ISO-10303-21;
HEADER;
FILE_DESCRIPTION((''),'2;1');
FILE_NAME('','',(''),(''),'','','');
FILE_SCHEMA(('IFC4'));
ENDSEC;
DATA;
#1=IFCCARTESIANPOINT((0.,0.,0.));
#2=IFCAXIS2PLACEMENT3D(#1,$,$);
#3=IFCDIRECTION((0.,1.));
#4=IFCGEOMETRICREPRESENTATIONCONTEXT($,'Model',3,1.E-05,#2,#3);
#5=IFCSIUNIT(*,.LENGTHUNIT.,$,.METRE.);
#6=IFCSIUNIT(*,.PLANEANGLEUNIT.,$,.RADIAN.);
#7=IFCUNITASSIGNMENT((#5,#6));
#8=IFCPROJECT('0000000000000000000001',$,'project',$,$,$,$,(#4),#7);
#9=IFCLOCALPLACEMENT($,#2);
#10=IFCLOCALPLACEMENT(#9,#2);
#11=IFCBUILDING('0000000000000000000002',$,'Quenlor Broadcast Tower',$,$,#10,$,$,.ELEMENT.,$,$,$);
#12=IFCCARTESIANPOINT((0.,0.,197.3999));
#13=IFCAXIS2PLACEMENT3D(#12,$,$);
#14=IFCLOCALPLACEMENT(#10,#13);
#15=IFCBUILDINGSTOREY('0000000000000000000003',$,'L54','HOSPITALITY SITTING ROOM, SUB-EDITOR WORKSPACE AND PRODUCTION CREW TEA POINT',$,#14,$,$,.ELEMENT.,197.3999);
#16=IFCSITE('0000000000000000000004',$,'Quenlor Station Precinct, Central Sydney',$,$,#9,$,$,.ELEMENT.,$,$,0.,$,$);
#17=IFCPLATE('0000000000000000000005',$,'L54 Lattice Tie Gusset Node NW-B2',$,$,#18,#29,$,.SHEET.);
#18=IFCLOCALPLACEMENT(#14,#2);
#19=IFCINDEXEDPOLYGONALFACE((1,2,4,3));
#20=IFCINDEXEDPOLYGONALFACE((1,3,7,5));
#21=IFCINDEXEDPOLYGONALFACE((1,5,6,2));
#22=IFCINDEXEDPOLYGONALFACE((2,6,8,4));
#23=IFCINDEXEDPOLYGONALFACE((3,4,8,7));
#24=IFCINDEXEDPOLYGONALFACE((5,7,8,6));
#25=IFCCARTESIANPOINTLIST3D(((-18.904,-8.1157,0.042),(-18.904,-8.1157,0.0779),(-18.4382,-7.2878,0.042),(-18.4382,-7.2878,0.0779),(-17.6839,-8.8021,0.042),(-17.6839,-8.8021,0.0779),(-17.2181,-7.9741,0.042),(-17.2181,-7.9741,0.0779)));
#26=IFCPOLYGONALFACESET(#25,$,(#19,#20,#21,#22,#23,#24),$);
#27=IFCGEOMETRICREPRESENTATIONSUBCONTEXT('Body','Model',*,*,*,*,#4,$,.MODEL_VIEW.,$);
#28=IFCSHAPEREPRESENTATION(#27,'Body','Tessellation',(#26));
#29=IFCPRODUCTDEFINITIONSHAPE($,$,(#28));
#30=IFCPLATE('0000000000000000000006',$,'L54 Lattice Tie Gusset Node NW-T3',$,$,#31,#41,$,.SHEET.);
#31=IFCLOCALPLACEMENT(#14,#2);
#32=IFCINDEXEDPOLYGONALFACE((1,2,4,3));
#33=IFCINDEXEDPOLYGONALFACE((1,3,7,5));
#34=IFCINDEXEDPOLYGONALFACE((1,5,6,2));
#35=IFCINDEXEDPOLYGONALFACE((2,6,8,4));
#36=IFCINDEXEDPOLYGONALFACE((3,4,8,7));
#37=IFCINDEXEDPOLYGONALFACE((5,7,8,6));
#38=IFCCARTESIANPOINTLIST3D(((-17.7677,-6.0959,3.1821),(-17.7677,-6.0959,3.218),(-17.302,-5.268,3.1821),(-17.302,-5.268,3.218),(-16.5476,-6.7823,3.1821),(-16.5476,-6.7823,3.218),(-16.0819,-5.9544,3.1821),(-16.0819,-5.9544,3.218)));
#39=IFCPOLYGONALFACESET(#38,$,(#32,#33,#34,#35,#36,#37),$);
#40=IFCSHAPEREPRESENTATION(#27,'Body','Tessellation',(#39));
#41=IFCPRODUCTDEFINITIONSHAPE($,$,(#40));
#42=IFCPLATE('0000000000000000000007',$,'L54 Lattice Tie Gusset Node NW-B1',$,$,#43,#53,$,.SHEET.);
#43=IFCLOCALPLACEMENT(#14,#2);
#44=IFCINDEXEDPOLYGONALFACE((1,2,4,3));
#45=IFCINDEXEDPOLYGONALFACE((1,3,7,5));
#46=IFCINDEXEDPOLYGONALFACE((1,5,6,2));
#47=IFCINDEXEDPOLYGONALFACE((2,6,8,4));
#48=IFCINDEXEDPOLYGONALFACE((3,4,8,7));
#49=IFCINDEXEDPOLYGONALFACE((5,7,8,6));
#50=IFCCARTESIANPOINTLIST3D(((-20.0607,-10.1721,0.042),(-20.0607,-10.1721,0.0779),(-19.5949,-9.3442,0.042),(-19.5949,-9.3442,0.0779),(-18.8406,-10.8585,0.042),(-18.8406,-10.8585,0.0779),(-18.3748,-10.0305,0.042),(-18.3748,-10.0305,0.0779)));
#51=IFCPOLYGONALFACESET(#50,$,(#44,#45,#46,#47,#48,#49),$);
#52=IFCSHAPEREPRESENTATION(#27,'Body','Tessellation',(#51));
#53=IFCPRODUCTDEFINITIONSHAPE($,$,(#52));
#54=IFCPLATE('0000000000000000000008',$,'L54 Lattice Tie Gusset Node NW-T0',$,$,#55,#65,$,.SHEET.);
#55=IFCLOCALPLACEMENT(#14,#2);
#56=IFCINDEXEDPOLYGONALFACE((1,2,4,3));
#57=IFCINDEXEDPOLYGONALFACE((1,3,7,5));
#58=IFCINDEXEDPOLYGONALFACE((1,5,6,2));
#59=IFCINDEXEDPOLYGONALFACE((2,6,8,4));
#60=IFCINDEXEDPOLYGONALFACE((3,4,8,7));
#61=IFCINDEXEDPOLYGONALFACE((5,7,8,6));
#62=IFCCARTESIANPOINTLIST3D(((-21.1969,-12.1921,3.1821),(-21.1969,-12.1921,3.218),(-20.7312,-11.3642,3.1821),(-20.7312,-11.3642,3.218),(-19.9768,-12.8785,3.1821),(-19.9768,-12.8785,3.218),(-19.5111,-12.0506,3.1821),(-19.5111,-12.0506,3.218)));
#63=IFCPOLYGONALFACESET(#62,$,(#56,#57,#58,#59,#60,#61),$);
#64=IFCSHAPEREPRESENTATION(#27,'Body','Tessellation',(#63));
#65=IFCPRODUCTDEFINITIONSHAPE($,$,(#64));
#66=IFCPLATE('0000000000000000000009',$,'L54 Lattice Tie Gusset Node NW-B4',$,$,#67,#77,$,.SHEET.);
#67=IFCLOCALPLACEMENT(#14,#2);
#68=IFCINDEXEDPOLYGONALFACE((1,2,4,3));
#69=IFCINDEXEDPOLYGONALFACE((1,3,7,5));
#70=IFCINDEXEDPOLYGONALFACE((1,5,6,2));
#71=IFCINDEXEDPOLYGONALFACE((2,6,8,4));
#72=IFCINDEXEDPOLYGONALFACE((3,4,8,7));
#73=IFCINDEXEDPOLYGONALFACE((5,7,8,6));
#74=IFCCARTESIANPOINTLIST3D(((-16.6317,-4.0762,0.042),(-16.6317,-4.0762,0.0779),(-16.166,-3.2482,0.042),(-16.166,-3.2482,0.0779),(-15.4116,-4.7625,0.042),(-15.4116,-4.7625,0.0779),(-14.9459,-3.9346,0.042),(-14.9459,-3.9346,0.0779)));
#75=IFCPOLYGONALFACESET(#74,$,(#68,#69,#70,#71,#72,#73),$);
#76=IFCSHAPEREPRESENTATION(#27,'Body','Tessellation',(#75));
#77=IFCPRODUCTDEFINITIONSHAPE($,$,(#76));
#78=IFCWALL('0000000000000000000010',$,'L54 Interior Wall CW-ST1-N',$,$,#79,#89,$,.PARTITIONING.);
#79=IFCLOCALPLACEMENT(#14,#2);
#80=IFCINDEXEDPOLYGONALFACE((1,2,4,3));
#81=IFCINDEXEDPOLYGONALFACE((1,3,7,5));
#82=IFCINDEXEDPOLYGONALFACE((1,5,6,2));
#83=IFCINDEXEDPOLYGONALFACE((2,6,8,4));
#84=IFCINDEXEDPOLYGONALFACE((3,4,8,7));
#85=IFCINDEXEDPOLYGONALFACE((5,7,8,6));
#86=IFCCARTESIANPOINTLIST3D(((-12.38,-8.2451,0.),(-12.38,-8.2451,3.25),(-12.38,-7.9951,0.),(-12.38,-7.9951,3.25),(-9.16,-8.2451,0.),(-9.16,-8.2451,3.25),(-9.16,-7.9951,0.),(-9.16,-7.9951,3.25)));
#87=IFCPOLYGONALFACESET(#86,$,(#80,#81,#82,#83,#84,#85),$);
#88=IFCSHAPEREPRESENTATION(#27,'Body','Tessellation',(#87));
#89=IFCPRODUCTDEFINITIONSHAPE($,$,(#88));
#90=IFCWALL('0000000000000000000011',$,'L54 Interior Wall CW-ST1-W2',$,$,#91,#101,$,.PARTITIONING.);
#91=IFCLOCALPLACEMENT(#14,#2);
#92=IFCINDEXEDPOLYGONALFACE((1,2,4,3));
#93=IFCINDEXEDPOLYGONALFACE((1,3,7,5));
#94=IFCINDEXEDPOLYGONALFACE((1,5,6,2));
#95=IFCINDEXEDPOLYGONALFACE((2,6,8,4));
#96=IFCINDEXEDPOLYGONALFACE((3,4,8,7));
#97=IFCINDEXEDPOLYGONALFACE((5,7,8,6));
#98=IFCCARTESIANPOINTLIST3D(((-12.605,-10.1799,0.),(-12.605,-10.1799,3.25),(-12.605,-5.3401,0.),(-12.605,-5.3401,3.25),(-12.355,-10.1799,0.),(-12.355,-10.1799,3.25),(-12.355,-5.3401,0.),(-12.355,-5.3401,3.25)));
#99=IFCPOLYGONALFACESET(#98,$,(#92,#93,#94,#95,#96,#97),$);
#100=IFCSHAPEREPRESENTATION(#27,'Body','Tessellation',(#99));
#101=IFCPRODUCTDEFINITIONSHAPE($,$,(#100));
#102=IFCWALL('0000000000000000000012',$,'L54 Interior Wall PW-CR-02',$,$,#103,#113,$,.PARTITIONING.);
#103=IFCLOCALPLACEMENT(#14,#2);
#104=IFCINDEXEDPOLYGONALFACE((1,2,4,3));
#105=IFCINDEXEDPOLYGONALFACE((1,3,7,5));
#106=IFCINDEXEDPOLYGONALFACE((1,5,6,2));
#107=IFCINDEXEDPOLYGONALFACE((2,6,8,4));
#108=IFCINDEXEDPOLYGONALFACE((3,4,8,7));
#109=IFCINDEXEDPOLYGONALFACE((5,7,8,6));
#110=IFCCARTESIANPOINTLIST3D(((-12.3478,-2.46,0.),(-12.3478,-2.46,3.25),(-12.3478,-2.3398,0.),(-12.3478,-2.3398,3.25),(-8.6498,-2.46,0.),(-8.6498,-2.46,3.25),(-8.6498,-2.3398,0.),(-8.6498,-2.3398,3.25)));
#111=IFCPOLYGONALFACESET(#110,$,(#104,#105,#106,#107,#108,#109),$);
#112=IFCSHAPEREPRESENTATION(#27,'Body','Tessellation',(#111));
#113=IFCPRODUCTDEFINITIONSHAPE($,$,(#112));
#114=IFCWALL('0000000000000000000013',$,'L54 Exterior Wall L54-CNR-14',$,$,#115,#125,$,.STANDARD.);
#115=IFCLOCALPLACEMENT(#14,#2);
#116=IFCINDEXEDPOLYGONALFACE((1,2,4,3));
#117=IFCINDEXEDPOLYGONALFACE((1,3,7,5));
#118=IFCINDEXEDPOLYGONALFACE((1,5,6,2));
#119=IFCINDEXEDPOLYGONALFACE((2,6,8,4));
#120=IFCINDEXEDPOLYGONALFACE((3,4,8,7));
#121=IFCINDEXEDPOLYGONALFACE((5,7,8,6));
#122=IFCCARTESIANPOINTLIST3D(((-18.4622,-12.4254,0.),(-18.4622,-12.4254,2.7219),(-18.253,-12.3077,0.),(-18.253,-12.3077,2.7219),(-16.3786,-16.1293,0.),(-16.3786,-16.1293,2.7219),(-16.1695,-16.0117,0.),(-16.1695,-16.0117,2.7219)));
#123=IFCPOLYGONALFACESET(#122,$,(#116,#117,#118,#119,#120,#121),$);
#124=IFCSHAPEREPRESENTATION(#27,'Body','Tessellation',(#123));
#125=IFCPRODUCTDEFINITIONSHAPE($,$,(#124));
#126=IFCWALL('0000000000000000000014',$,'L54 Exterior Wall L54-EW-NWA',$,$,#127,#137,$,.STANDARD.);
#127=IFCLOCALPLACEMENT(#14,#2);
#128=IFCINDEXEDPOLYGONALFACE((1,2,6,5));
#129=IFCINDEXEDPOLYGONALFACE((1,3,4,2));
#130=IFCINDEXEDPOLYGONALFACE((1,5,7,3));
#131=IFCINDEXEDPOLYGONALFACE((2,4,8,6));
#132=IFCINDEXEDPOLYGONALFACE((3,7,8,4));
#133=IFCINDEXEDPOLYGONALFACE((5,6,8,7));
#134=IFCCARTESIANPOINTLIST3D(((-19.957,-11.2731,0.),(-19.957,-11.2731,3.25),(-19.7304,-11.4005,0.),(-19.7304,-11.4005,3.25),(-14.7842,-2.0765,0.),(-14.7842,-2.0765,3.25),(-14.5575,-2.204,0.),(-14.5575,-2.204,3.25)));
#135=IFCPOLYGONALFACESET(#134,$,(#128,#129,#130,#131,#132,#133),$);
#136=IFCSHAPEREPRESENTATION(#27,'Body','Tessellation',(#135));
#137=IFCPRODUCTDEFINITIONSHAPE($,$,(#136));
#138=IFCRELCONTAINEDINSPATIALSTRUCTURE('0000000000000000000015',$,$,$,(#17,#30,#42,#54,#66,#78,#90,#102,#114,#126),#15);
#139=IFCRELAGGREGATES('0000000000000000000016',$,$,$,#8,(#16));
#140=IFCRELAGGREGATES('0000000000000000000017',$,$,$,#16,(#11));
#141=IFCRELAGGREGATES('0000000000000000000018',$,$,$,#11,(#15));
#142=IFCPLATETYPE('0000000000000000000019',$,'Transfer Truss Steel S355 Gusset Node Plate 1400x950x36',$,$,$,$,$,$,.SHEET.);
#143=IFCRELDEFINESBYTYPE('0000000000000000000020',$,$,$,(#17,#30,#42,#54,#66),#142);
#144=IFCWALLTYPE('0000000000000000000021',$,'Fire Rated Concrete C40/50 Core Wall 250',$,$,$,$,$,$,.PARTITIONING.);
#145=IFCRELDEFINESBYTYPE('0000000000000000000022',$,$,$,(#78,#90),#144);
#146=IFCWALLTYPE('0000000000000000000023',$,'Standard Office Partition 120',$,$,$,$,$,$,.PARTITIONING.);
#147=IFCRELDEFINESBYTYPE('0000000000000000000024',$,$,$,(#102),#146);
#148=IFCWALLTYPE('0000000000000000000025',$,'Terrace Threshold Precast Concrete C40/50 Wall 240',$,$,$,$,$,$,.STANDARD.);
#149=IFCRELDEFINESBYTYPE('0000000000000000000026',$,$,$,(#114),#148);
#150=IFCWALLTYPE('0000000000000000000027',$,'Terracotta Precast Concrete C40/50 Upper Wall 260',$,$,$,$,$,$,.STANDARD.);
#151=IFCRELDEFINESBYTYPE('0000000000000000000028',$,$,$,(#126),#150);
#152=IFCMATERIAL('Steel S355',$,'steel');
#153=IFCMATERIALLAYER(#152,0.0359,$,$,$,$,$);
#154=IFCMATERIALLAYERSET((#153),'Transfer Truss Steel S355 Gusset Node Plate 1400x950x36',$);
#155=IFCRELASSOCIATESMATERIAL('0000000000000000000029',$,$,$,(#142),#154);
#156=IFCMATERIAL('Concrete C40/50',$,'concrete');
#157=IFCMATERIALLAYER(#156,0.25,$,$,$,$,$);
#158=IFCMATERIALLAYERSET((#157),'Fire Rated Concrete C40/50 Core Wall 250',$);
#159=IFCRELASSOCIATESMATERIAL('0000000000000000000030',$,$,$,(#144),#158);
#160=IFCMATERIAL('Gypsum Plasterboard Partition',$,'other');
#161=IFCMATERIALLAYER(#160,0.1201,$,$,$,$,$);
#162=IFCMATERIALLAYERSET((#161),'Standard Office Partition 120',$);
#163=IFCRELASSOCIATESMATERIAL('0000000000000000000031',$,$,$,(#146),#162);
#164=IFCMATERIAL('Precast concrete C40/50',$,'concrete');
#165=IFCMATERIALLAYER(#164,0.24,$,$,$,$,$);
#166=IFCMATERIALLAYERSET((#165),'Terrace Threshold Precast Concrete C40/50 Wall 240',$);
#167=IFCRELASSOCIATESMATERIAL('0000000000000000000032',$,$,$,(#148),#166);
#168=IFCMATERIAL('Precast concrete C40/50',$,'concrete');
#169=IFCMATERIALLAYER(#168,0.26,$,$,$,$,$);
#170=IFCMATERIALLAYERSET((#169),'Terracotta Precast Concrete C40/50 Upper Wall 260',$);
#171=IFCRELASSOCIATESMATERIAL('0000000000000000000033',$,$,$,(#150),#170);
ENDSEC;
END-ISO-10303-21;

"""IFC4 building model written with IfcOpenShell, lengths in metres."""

from ifc_helpers import new_model, si_unit, direction, frame, frame_2d, origin, origin_2d, place, context, subcontext, project, spatial, rectangle, extrude, material, layer, layer_set, type_object, element, save


model = new_model("IFC4")

# Units and contexts
model_context = context("Model", 3, precision=1e-05, world=origin(), true_north=direction((0.0, 1.0)))
body_context = subcontext(model_context, "Body", "Model", "MODEL_VIEW")
ifc_project = project(units=[si_unit("LENGTHUNIT", "METRE"), si_unit("PLANEANGLEUNIT", "RADIAN")], contexts=[model_context])

# Site, building, storey
site_placement = place(None, origin())
site = spatial("IfcSite", under=ifc_project, at=site_placement, Name="Quenlor Station Precinct, Central Sydney", CompositionType="ELEMENT", RefElevation=0.0)
building_placement = place(site_placement, origin())
building = spatial("IfcBuilding", under=site, at=building_placement, Name="Quenlor Broadcast Tower", CompositionType="ELEMENT")
storey_placement = place(building_placement, frame((0.0, 0.0, 197.3999)))
storey = spatial("IfcBuildingStorey", under=building, at=storey_placement, Name="L54", Description="HOSPITALITY SITTING ROOM, SUB-EDITOR WORKSPACE AND PRODUCTION CREW TEA POINT", CompositionType="ELEMENT", Elevation=197.3999)

# Plates
ifc_material_1 = material(Name="Steel S355", Category="steel")
ifc_layer_1 = layer(ifc_material_1, 0.0359)
ifc_layer_set_1 = layer_set([ifc_layer_1], Name="Transfer Truss Steel S355 Gusset Node Plate 1400x950x36")
plate_type = type_object("IfcPlateType", Name="Transfer Truss Steel S355 Gusset Node Plate 1400x950x36", PredefinedType="SHEET", material=ifc_layer_set_1)
for number, where, z_axis, x_axis, name in (
    (1, (-18.061, -8.0449, 0.042), (0.0, 0.0, 1.0), (-0.871556, 0.490295, 0.0), "L54 Lattice Tie Gusset Node NW-B2"),
    (2, (-16.9248, -6.0251, 3.1821), (0.0, 0.0, 1.0), (-0.871556, 0.490295, 0.0), "L54 Lattice Tie Gusset Node NW-T3"),
    (3, (-19.2178, -10.1013, 0.042), (0.0, 0.0, 1.0), (-0.871556, 0.490295, 0.0), "L54 Lattice Tie Gusset Node NW-B1"),
    (4, (-20.354, -12.1213, 3.1821), (0.0, 0.0, 1.0), (-0.871556, 0.490295, 0.0), "L54 Lattice Tie Gusset Node NW-T0"),
    (5, (-15.7888, -4.0054, 0.042), (0.0, 0.0, 1.0), (-0.871556, 0.490295, 0.0), "L54 Lattice Tie Gusset Node NW-B4"),
):
    element("IfcPlate", number, at=place(storey_placement, frame(where, z_axis=z_axis, x_axis=x_axis)), inside=storey, type_object=plate_type, Name=name, PredefinedType="SHEET", context=body_context, shape_type="SweptSolid", body=[
        extrude(rectangle(XDim=1.3999, YDim=0.95, at=origin_2d()), origin(), (0.0, 0.0, 1.0), 0.0359),
    ])

# Walls
ifc_material_2 = material(Name="Concrete C40/50", Category="concrete")
ifc_layer_2 = layer(ifc_material_2, 0.25)
ifc_layer_set_2 = layer_set([ifc_layer_2], Name="Fire Rated Concrete C40/50 Core Wall 250")
wall_type_1 = type_object("IfcWallType", Name="Fire Rated Concrete C40/50 Core Wall 250", PredefinedType="PARTITIONING", material=ifc_layer_set_2)
wall_1_placement = place(storey_placement, frame((-12.3799, -8.1201, 0.0), z_axis=(0.0, 0.0, 1.0), x_axis=(1.0, 0.0, 0.0)))
element("IfcWall", 6, at=wall_1_placement, inside=storey, type_object=wall_type_1, Name="L54 Interior Wall CW-ST1-N", PredefinedType="PARTITIONING", context=body_context, shape_type="SweptSolid", body=[
    extrude(rectangle(XDim=3.22, YDim=0.25, at=frame_2d((1.6099, 0.0))), origin(), (0.0, 0.0, 1.0), 3.25),
])
wall_2_placement = place(storey_placement, frame((-12.48, -10.1799, 0.0), z_axis=(0.0, 0.0, 1.0), x_axis=(0.0, 1.0, 0.0)))
element("IfcWall", 7, at=wall_2_placement, inside=storey, type_object=wall_type_1, Name="L54 Interior Wall CW-ST1-W2", PredefinedType="PARTITIONING", context=body_context, shape_type="SweptSolid", body=[
    extrude(rectangle(XDim=4.8398, YDim=0.25, at=frame_2d((2.4199, 0.0))), origin(), (0.0, 0.0, 1.0), 3.25),
])

# Shared definitions
ifc_material_3 = material(Name="Gypsum Plasterboard Partition", Category="other")
ifc_layer_3 = layer(ifc_material_3, 0.1201)
ifc_layer_set_3 = layer_set([ifc_layer_3], Name="Standard Office Partition 120")
wall_type_2 = type_object("IfcWallType", Name="Standard Office Partition 120", PredefinedType="PARTITIONING", material=ifc_layer_set_3)

# Walls
wall_3_placement = place(storey_placement, frame((-12.3479, -2.3999, 0.0), z_axis=(0.0, 0.0, 1.0), x_axis=(1.0, 0.0, 0.0)))
element("IfcWall", 8, at=wall_3_placement, inside=storey, type_object=wall_type_2, Name="L54 Interior Wall PW-CR-02", PredefinedType="PARTITIONING", context=body_context, shape_type="SweptSolid", body=[
    extrude(rectangle(XDim=3.698, YDim=0.1201, at=frame_2d((1.8491, 0.0))), origin(), (0.0, 0.0, 1.0), 3.25),
])
ifc_material_4 = material(Name="Precast concrete C40/50", Category="concrete")
ifc_layer_4 = layer(ifc_material_4, 0.24)
ifc_layer_set_4 = layer_set([ifc_layer_4], Name="Terrace Threshold Precast Concrete C40/50 Wall 240")
wall_type_3 = type_object("IfcWallType", Name="Terrace Threshold Precast Concrete C40/50 Wall 240", PredefinedType="STANDARD", material=ifc_layer_set_4)
wall_4_placement = place(storey_placement, frame((-18.3577, -12.3665, 0.0), z_axis=(0.0, 0.0, 1.0), x_axis=(0.490275, -0.871568, 0.0)))
element("IfcWall", 9, at=wall_4_placement, inside=storey, type_object=wall_type_3, Name="L54 Exterior Wall L54-CNR-14", PredefinedType="STANDARD", context=body_context, shape_type="SweptSolid", body=[
    extrude(rectangle(XDim=4.2498, YDim=0.24, at=frame_2d((2.125, 0.0))), origin(), (0.0, 0.0, 1.0), 2.7219),
])
ifc_material_5 = material(Name="Precast concrete C40/50", Category="concrete")
ifc_layer_5 = layer(ifc_material_5, 0.26)
ifc_layer_set_5 = layer_set([ifc_layer_5], Name="Terracotta Precast Concrete C40/50 Upper Wall 260")
wall_type_4 = type_object("IfcWallType", Name="Terracotta Precast Concrete C40/50 Upper Wall 260", PredefinedType="STANDARD", material=ifc_layer_set_5)
wall_5_placement = place(storey_placement, frame((-19.8438, -11.3369, 0.0), z_axis=(0.0, 0.0, 1.0), x_axis=(0.490247, 0.871584, 0.0)))
element("IfcWall", 10, at=wall_5_placement, inside=storey, type_object=wall_type_4, Name="L54 Exterior Wall L54-EW-NWA", PredefinedType="STANDARD", context=body_context, shape_type="SweptSolid", body=[
    extrude(rectangle(XDim=10.5515, YDim=0.26, at=frame_2d((5.2759, 0.0))), origin(), (0.0, 0.0, 1.0), 3.25),
])

save(model, "model.ifc")
